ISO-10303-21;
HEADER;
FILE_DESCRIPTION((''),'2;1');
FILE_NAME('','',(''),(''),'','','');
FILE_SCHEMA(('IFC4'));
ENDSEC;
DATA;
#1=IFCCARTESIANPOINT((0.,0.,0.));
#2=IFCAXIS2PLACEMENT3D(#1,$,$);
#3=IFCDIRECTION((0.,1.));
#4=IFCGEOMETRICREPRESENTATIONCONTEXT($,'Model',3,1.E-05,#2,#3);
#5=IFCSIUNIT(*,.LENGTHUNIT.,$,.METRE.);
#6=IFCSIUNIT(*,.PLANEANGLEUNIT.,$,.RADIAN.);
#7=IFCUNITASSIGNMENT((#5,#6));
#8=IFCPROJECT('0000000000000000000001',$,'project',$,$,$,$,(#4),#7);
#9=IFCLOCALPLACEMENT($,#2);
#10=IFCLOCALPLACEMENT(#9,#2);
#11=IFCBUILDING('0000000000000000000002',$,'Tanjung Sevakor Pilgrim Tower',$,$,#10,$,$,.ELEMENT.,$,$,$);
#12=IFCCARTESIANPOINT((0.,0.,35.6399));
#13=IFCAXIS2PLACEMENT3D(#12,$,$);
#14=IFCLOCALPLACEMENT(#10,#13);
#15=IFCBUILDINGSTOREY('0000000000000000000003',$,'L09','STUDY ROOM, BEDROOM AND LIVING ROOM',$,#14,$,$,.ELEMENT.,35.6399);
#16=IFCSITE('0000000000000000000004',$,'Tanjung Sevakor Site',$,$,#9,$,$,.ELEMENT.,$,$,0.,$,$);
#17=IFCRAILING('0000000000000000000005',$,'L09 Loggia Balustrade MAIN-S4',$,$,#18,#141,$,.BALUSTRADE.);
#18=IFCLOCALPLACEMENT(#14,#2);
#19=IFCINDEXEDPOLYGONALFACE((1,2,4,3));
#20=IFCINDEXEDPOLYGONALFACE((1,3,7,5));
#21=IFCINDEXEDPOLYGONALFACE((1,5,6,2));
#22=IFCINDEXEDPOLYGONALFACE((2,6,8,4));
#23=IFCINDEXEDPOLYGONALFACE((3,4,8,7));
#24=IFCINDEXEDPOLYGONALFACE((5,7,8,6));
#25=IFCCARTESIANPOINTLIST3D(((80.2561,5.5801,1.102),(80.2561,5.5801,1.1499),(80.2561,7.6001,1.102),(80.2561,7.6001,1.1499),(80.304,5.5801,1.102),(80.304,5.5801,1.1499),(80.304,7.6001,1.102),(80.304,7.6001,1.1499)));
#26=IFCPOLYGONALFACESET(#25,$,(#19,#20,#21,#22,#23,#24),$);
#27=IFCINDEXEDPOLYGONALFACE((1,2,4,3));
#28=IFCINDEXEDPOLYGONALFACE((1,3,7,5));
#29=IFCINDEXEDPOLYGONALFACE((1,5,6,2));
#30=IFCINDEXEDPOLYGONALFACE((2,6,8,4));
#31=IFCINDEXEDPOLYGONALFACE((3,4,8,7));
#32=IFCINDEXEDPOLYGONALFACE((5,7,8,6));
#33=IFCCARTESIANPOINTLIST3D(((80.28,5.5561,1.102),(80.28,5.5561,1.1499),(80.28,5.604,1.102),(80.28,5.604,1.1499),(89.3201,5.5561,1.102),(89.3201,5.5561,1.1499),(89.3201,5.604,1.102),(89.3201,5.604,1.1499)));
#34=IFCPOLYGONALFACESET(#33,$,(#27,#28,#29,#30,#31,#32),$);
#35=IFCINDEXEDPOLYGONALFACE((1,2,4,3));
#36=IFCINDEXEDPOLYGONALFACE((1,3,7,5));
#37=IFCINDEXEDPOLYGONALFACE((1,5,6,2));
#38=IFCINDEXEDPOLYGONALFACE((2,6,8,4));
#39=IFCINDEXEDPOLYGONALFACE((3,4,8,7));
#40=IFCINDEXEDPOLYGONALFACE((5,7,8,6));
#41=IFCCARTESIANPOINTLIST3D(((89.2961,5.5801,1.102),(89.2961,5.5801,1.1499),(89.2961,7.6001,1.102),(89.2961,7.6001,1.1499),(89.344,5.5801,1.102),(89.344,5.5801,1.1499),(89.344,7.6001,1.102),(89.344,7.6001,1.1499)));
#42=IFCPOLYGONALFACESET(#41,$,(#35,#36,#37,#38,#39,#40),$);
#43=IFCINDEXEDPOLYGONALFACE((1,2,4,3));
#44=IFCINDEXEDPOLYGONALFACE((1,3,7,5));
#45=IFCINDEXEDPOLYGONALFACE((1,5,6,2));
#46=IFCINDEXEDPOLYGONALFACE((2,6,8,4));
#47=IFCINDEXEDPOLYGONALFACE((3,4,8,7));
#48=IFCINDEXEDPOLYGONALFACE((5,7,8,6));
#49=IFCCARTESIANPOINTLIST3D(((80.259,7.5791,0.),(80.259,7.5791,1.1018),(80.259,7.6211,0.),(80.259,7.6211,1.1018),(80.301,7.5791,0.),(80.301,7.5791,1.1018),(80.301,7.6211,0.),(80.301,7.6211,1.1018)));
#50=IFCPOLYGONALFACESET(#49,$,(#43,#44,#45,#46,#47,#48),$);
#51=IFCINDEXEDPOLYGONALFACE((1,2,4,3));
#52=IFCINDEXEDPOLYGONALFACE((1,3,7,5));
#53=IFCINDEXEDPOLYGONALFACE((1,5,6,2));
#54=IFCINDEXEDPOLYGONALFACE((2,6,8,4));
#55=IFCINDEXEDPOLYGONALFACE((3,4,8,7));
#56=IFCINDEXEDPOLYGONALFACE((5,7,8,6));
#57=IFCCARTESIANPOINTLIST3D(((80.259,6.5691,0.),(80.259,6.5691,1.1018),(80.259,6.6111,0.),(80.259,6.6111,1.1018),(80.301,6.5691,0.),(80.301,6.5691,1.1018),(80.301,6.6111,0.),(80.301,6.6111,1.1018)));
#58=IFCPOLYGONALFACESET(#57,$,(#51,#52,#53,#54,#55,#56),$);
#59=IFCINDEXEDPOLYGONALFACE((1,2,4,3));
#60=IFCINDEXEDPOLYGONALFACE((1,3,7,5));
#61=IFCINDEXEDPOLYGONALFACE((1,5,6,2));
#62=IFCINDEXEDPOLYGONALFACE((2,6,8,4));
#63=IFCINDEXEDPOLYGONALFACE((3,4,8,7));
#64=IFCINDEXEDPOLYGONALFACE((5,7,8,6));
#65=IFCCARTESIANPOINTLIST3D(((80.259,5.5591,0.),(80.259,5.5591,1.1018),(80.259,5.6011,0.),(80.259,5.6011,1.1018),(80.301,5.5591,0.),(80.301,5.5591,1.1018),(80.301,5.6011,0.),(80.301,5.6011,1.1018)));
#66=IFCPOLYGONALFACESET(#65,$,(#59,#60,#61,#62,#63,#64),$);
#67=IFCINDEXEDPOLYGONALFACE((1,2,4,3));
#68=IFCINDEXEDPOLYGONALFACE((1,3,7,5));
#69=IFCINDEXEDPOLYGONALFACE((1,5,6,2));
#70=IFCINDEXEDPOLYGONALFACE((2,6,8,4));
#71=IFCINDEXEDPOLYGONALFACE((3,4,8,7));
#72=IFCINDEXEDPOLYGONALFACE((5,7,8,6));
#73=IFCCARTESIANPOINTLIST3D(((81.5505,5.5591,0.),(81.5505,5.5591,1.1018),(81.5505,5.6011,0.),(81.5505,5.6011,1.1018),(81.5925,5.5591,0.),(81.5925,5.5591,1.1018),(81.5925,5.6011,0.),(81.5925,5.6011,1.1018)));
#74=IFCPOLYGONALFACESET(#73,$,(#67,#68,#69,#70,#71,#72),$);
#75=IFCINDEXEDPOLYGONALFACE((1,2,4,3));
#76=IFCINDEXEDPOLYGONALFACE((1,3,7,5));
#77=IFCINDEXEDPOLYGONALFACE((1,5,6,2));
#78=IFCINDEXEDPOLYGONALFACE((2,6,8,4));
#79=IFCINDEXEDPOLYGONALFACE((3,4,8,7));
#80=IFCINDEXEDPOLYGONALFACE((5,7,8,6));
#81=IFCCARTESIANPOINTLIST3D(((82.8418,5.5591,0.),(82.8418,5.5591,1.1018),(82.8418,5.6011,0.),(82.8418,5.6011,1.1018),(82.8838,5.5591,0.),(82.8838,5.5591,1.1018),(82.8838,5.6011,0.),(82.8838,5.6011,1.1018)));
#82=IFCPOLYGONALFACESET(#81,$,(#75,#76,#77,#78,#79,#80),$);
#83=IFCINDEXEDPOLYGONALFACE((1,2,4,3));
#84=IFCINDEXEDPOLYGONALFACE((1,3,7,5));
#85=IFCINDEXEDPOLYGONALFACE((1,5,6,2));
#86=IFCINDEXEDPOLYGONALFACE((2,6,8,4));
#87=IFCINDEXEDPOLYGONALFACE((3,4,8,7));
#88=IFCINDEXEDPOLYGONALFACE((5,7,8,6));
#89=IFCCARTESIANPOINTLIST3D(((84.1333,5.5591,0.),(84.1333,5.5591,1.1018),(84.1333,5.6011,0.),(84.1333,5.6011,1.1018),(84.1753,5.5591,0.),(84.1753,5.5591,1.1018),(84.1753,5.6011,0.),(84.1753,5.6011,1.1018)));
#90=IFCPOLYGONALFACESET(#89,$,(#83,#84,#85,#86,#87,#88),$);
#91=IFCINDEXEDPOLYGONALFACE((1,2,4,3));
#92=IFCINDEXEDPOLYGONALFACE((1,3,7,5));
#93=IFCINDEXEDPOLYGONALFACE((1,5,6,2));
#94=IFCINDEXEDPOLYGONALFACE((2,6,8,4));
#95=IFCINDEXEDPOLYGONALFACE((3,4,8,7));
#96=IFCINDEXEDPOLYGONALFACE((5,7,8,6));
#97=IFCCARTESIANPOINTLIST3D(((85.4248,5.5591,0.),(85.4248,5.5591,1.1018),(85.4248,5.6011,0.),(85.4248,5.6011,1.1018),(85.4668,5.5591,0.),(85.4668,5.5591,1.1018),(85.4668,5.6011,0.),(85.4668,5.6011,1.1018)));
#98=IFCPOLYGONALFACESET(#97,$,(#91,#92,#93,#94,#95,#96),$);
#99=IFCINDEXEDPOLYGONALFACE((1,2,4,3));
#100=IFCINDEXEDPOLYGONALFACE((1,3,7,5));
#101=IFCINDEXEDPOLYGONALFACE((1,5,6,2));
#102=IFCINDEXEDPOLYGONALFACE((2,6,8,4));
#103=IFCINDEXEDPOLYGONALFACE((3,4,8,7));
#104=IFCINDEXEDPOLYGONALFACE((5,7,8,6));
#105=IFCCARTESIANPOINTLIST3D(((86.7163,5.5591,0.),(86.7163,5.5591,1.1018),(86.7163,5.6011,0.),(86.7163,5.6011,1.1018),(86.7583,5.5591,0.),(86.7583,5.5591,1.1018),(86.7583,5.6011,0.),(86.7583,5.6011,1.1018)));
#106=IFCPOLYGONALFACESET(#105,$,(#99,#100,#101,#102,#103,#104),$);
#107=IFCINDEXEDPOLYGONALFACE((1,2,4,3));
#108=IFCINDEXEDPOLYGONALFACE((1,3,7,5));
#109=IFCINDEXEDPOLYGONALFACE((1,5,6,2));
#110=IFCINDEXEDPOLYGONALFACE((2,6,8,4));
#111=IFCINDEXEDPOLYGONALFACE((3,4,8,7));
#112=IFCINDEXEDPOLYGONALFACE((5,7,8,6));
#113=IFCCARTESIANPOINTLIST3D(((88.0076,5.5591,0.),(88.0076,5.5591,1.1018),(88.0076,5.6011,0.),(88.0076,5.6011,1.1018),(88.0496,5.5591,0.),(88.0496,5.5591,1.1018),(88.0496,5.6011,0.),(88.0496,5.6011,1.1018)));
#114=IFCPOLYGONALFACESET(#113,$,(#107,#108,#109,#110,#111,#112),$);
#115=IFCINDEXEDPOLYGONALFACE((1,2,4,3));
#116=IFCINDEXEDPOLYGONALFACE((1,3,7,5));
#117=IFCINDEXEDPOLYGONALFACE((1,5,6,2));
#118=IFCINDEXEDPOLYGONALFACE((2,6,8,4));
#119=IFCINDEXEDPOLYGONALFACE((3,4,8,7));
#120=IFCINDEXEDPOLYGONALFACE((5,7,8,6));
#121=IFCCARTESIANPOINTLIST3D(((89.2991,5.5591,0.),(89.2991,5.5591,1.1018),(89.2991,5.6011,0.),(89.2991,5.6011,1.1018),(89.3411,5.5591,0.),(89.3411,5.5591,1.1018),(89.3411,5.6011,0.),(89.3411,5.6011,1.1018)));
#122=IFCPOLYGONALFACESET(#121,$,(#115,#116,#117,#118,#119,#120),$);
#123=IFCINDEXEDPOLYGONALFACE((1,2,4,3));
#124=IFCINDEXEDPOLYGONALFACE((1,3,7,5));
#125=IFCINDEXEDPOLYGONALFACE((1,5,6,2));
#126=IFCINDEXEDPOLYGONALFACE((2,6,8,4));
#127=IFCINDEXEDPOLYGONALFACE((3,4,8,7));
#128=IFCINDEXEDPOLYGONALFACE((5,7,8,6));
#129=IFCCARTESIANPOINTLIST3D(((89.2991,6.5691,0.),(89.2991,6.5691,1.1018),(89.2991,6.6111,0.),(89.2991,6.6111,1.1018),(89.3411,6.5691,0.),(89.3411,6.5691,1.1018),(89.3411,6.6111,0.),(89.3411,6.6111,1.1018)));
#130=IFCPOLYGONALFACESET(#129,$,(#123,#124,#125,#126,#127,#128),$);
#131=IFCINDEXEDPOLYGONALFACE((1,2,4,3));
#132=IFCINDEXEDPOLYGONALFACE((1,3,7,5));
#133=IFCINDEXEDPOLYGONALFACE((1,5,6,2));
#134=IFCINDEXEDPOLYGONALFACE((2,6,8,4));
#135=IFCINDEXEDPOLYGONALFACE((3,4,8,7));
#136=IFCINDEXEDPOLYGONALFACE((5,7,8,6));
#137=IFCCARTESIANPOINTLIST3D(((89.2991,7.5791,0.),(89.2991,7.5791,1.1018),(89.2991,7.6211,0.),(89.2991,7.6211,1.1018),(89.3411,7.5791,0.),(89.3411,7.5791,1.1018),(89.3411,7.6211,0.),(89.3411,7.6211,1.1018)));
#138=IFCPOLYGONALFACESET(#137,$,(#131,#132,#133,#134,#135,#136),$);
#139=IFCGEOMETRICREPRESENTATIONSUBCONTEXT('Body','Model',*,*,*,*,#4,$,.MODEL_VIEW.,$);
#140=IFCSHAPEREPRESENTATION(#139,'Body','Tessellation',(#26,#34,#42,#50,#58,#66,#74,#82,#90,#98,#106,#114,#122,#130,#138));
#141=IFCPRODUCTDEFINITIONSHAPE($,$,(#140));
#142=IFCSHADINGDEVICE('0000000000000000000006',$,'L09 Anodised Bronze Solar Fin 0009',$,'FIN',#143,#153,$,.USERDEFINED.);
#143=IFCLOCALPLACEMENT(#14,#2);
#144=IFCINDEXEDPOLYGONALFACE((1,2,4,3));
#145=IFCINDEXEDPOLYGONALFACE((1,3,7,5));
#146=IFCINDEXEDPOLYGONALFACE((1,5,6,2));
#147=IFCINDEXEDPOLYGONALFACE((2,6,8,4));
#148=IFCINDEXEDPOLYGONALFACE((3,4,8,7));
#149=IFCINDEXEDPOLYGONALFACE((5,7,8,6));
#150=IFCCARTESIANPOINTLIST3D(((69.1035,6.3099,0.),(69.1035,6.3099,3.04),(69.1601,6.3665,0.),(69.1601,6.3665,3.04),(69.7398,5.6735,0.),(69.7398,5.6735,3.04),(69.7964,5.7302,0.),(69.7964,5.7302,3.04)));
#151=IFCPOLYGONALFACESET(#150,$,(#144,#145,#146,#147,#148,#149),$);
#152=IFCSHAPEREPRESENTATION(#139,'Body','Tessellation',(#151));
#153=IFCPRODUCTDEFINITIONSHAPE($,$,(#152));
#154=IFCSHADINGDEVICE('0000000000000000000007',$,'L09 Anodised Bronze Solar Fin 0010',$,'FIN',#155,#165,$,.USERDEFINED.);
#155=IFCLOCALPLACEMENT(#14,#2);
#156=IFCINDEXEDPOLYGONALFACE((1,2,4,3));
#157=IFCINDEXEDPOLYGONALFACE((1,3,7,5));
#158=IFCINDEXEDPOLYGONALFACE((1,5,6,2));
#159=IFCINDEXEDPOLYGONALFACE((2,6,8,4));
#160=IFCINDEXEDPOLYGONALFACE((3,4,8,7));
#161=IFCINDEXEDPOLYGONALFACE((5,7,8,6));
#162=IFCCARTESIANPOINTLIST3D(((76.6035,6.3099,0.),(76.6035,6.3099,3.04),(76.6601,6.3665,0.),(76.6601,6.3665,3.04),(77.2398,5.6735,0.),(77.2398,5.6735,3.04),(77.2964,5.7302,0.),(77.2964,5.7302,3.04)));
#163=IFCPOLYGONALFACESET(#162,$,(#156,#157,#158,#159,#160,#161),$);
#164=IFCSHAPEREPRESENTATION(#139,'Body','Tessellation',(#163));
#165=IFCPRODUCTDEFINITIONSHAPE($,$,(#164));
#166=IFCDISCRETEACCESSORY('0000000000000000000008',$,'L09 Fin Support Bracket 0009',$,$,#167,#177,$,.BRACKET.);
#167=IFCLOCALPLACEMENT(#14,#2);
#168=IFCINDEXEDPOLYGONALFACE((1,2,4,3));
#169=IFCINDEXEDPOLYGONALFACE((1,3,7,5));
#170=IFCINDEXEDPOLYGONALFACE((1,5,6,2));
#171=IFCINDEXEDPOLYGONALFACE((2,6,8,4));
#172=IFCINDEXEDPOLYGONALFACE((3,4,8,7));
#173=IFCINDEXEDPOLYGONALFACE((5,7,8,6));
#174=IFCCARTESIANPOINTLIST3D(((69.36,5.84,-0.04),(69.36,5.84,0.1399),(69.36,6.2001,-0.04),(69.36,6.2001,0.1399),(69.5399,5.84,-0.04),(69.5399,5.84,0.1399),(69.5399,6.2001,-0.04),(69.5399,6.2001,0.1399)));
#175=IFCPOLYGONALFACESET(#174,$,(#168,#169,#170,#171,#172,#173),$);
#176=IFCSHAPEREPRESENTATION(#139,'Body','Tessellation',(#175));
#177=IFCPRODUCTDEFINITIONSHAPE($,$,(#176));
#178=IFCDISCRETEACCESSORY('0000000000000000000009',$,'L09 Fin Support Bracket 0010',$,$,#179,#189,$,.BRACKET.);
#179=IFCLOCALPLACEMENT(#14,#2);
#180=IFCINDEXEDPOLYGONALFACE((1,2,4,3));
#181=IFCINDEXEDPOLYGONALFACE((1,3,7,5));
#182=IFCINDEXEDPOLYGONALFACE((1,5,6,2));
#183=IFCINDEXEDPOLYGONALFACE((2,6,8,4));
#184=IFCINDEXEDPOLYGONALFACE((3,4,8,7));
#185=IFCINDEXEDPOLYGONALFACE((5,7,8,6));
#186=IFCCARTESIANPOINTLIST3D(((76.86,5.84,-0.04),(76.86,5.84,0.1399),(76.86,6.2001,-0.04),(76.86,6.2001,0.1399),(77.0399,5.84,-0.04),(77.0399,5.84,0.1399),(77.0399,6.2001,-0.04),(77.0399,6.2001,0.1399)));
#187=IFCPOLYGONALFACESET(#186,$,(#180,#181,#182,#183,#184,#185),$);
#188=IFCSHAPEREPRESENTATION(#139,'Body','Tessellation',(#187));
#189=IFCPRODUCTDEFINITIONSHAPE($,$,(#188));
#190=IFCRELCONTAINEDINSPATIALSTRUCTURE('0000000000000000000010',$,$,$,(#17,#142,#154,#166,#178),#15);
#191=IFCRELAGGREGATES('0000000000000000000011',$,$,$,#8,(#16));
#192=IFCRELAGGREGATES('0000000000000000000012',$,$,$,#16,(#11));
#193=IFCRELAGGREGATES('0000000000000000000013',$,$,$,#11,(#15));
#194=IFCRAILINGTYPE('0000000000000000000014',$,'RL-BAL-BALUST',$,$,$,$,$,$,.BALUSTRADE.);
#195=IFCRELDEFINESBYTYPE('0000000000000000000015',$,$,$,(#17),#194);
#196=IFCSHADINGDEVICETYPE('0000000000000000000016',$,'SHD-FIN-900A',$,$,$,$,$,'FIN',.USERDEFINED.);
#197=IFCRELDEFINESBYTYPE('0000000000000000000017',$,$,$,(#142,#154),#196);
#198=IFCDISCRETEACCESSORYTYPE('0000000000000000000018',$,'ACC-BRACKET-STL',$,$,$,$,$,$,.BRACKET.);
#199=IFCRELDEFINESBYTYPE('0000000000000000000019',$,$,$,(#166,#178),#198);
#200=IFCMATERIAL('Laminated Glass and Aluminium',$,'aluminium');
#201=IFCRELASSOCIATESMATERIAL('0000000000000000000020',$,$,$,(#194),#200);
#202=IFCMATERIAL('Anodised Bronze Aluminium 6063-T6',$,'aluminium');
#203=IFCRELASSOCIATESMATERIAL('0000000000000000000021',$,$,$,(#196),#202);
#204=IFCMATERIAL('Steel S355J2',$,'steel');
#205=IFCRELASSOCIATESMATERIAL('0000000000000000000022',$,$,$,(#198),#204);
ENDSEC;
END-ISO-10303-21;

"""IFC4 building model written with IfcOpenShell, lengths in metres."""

from ifc_helpers import new_model, si_unit, direction, frame, origin, origin_2d, place, context, subcontext, project, spatial, rectangle, extrude, material, type_object, element, save


model = new_model("IFC4")

# Units and contexts
model_context = context("Model", 3, precision=1e-05, world=origin(), true_north=direction((0.0, 1.0)))
body_context = subcontext(model_context, "Body", "Model", "MODEL_VIEW")
ifc_project = project(units=[si_unit("LENGTHUNIT", "METRE"), si_unit("PLANEANGLEUNIT", "RADIAN")], contexts=[model_context])

# Site, building, storey
site_placement = place(None, origin())
site = spatial("IfcSite", under=ifc_project, at=site_placement, Name="Tanjung Sevakor Site", CompositionType="ELEMENT", RefElevation=0.0)
building_placement = place(site_placement, origin())
building = spatial("IfcBuilding", under=site, at=building_placement, Name="Tanjung Sevakor Pilgrim Tower", CompositionType="ELEMENT")
storey_placement = place(building_placement, frame((0.0, 0.0, 35.6399)))
storey = spatial("IfcBuildingStorey", under=building, at=storey_placement, Name="L09", Description="STUDY ROOM, BEDROOM AND LIVING ROOM", CompositionType="ELEMENT", Elevation=35.6399)

# Railing
ifc_material_1 = material(Name="Laminated Glass and Aluminium", Category="aluminium")
railing_type = type_object("IfcRailingType", Name="RL-BAL-BALUST", PredefinedType="BALUSTRADE", material=ifc_material_1)
railing_placement = place(storey_placement, frame((80.28, 7.6001, 0.0)))
element("IfcRailing", 1, at=railing_placement, inside=storey, type_object=railing_type, Name="L09 Loggia Balustrade MAIN-S4", PredefinedType="BALUSTRADE", context=body_context, shape_type="SweptSolid", body=[
    extrude(rectangle(XDim=0.0479, YDim=0.0479), frame((0.0, 0.0, 1.126), z_axis=(0.0, -1.0, 0.0), x_axis=(1.0, 0.0, 0.0)), (0.0, 0.0, 1.0), 2.02),
    extrude(rectangle(XDim=0.0479, YDim=0.0479), frame((0.0, -2.02, 1.126), z_axis=(1.0, 0.0, 0.0), x_axis=(0.0, 1.0, 0.0)), (0.0, 0.0, 1.0), 9.04),
    extrude(rectangle(XDim=0.0479, YDim=0.0479), frame((9.04, -2.02, 1.126), z_axis=(0.0, 1.0, 0.0), x_axis=(-1.0, 0.0, 0.0)), (0.0, 0.0, 1.0), 2.02),
    extrude(rectangle(XDim=0.042, YDim=0.042), origin(), (0.0, 0.0, 1.0), 1.1018),
    extrude(rectangle(XDim=0.042, YDim=0.042), frame((0.0, -1.01, 0.0)), (0.0, 0.0, 1.0), 1.1018),
    extrude(rectangle(XDim=0.042, YDim=0.042), frame((0.0, -2.02, 0.0)), (0.0, 0.0, 1.0), 1.1018),
    extrude(rectangle(XDim=0.042, YDim=0.042), frame((1.2915, -2.02, 0.0)), (0.0, 0.0, 1.0), 1.1018),
    extrude(rectangle(XDim=0.042, YDim=0.042), frame((2.5828, -2.02, 0.0)), (0.0, 0.0, 1.0), 1.1018),
    extrude(rectangle(XDim=0.042, YDim=0.042), frame((3.8743, -2.02, 0.0)), (0.0, 0.0, 1.0), 1.1018),
    extrude(rectangle(XDim=0.042, YDim=0.042), frame((5.1658, -2.02, 0.0)), (0.0, 0.0, 1.0), 1.1018),
    extrude(rectangle(XDim=0.042, YDim=0.042), frame((6.4573, -2.02, 0.0)), (0.0, 0.0, 1.0), 1.1018),
    extrude(rectangle(XDim=0.042, YDim=0.042), frame((7.7485, -2.02, 0.0)), (0.0, 0.0, 1.0), 1.1018),
    extrude(rectangle(XDim=0.042, YDim=0.042), frame((9.04, -2.02, 0.0)), (0.0, 0.0, 1.0), 1.1018),
    extrude(rectangle(XDim=0.042, YDim=0.042), frame((9.04, -1.01, 0.0)), (0.0, 0.0, 1.0), 1.1018),
    extrude(rectangle(XDim=0.042, YDim=0.042), frame((9.04, 0.0, 0.0)), (0.0, 0.0, 1.0), 1.1018),
])

# Shading devices
ifc_material_2 = material(Name="Anodised Bronze Aluminium 6063-T6", Category="aluminium")
shading_device_type = type_object("IfcShadingDeviceType", Name="SHD-FIN-900A", ElementType="FIN", PredefinedType="USERDEFINED", material=ifc_material_2)
for number, where, z_axis, x_axis, name in (
    (2, (69.45, 6.02, 0.0), (0.0, 0.0, 1.0), (0.707107, 0.707107, 0.0), "L09 Anodised Bronze Solar Fin 0009"),
    (3, (76.95, 6.02, 0.0), (0.0, 0.0, 1.0), (0.707107, 0.707107, 0.0), "L09 Anodised Bronze Solar Fin 0010"),
):
    element("IfcShadingDevice", number, at=place(storey_placement, frame(where, z_axis=z_axis, x_axis=x_axis)), inside=storey, type_object=shading_device_type, Name=name, ObjectType="FIN", PredefinedType="USERDEFINED", context=body_context, shape_type="SweptSolid", body=[
        extrude(rectangle(XDim=0.0801, YDim=0.8999, at=origin_2d()), origin(), (0.0, 0.0, 1.0), 3.04),
    ])

# Discrete accessories
ifc_material_3 = material(Name="Steel S355J2", Category="steel")
discrete_accessory_type = type_object("IfcDiscreteAccessoryType", Name="ACC-BRACKET-STL", PredefinedType="BRACKET", material=ifc_material_3)
for number, where, z_axis, x_axis, name in (
    (4, (69.45, 6.02, -0.04), (0.0, 0.0, 1.0), (1.0, 0.0, 0.0), "L09 Fin Support Bracket 0009"),
    (5, (76.95, 6.02, -0.04), (0.0, 0.0, 1.0), (1.0, 0.0, 0.0), "L09 Fin Support Bracket 0010"),
):
    element("IfcDiscreteAccessory", number, at=place(storey_placement, frame(where, z_axis=z_axis, x_axis=x_axis)), inside=storey, type_object=discrete_accessory_type, Name=name, PredefinedType="BRACKET", context=body_context, shape_type="SweptSolid", body=[
        extrude(rectangle(XDim=0.1799, YDim=0.3601, at=origin_2d()), origin(), (0.0, 0.0, 1.0), 0.1799),
    ])

save(model, "model.ifc")
